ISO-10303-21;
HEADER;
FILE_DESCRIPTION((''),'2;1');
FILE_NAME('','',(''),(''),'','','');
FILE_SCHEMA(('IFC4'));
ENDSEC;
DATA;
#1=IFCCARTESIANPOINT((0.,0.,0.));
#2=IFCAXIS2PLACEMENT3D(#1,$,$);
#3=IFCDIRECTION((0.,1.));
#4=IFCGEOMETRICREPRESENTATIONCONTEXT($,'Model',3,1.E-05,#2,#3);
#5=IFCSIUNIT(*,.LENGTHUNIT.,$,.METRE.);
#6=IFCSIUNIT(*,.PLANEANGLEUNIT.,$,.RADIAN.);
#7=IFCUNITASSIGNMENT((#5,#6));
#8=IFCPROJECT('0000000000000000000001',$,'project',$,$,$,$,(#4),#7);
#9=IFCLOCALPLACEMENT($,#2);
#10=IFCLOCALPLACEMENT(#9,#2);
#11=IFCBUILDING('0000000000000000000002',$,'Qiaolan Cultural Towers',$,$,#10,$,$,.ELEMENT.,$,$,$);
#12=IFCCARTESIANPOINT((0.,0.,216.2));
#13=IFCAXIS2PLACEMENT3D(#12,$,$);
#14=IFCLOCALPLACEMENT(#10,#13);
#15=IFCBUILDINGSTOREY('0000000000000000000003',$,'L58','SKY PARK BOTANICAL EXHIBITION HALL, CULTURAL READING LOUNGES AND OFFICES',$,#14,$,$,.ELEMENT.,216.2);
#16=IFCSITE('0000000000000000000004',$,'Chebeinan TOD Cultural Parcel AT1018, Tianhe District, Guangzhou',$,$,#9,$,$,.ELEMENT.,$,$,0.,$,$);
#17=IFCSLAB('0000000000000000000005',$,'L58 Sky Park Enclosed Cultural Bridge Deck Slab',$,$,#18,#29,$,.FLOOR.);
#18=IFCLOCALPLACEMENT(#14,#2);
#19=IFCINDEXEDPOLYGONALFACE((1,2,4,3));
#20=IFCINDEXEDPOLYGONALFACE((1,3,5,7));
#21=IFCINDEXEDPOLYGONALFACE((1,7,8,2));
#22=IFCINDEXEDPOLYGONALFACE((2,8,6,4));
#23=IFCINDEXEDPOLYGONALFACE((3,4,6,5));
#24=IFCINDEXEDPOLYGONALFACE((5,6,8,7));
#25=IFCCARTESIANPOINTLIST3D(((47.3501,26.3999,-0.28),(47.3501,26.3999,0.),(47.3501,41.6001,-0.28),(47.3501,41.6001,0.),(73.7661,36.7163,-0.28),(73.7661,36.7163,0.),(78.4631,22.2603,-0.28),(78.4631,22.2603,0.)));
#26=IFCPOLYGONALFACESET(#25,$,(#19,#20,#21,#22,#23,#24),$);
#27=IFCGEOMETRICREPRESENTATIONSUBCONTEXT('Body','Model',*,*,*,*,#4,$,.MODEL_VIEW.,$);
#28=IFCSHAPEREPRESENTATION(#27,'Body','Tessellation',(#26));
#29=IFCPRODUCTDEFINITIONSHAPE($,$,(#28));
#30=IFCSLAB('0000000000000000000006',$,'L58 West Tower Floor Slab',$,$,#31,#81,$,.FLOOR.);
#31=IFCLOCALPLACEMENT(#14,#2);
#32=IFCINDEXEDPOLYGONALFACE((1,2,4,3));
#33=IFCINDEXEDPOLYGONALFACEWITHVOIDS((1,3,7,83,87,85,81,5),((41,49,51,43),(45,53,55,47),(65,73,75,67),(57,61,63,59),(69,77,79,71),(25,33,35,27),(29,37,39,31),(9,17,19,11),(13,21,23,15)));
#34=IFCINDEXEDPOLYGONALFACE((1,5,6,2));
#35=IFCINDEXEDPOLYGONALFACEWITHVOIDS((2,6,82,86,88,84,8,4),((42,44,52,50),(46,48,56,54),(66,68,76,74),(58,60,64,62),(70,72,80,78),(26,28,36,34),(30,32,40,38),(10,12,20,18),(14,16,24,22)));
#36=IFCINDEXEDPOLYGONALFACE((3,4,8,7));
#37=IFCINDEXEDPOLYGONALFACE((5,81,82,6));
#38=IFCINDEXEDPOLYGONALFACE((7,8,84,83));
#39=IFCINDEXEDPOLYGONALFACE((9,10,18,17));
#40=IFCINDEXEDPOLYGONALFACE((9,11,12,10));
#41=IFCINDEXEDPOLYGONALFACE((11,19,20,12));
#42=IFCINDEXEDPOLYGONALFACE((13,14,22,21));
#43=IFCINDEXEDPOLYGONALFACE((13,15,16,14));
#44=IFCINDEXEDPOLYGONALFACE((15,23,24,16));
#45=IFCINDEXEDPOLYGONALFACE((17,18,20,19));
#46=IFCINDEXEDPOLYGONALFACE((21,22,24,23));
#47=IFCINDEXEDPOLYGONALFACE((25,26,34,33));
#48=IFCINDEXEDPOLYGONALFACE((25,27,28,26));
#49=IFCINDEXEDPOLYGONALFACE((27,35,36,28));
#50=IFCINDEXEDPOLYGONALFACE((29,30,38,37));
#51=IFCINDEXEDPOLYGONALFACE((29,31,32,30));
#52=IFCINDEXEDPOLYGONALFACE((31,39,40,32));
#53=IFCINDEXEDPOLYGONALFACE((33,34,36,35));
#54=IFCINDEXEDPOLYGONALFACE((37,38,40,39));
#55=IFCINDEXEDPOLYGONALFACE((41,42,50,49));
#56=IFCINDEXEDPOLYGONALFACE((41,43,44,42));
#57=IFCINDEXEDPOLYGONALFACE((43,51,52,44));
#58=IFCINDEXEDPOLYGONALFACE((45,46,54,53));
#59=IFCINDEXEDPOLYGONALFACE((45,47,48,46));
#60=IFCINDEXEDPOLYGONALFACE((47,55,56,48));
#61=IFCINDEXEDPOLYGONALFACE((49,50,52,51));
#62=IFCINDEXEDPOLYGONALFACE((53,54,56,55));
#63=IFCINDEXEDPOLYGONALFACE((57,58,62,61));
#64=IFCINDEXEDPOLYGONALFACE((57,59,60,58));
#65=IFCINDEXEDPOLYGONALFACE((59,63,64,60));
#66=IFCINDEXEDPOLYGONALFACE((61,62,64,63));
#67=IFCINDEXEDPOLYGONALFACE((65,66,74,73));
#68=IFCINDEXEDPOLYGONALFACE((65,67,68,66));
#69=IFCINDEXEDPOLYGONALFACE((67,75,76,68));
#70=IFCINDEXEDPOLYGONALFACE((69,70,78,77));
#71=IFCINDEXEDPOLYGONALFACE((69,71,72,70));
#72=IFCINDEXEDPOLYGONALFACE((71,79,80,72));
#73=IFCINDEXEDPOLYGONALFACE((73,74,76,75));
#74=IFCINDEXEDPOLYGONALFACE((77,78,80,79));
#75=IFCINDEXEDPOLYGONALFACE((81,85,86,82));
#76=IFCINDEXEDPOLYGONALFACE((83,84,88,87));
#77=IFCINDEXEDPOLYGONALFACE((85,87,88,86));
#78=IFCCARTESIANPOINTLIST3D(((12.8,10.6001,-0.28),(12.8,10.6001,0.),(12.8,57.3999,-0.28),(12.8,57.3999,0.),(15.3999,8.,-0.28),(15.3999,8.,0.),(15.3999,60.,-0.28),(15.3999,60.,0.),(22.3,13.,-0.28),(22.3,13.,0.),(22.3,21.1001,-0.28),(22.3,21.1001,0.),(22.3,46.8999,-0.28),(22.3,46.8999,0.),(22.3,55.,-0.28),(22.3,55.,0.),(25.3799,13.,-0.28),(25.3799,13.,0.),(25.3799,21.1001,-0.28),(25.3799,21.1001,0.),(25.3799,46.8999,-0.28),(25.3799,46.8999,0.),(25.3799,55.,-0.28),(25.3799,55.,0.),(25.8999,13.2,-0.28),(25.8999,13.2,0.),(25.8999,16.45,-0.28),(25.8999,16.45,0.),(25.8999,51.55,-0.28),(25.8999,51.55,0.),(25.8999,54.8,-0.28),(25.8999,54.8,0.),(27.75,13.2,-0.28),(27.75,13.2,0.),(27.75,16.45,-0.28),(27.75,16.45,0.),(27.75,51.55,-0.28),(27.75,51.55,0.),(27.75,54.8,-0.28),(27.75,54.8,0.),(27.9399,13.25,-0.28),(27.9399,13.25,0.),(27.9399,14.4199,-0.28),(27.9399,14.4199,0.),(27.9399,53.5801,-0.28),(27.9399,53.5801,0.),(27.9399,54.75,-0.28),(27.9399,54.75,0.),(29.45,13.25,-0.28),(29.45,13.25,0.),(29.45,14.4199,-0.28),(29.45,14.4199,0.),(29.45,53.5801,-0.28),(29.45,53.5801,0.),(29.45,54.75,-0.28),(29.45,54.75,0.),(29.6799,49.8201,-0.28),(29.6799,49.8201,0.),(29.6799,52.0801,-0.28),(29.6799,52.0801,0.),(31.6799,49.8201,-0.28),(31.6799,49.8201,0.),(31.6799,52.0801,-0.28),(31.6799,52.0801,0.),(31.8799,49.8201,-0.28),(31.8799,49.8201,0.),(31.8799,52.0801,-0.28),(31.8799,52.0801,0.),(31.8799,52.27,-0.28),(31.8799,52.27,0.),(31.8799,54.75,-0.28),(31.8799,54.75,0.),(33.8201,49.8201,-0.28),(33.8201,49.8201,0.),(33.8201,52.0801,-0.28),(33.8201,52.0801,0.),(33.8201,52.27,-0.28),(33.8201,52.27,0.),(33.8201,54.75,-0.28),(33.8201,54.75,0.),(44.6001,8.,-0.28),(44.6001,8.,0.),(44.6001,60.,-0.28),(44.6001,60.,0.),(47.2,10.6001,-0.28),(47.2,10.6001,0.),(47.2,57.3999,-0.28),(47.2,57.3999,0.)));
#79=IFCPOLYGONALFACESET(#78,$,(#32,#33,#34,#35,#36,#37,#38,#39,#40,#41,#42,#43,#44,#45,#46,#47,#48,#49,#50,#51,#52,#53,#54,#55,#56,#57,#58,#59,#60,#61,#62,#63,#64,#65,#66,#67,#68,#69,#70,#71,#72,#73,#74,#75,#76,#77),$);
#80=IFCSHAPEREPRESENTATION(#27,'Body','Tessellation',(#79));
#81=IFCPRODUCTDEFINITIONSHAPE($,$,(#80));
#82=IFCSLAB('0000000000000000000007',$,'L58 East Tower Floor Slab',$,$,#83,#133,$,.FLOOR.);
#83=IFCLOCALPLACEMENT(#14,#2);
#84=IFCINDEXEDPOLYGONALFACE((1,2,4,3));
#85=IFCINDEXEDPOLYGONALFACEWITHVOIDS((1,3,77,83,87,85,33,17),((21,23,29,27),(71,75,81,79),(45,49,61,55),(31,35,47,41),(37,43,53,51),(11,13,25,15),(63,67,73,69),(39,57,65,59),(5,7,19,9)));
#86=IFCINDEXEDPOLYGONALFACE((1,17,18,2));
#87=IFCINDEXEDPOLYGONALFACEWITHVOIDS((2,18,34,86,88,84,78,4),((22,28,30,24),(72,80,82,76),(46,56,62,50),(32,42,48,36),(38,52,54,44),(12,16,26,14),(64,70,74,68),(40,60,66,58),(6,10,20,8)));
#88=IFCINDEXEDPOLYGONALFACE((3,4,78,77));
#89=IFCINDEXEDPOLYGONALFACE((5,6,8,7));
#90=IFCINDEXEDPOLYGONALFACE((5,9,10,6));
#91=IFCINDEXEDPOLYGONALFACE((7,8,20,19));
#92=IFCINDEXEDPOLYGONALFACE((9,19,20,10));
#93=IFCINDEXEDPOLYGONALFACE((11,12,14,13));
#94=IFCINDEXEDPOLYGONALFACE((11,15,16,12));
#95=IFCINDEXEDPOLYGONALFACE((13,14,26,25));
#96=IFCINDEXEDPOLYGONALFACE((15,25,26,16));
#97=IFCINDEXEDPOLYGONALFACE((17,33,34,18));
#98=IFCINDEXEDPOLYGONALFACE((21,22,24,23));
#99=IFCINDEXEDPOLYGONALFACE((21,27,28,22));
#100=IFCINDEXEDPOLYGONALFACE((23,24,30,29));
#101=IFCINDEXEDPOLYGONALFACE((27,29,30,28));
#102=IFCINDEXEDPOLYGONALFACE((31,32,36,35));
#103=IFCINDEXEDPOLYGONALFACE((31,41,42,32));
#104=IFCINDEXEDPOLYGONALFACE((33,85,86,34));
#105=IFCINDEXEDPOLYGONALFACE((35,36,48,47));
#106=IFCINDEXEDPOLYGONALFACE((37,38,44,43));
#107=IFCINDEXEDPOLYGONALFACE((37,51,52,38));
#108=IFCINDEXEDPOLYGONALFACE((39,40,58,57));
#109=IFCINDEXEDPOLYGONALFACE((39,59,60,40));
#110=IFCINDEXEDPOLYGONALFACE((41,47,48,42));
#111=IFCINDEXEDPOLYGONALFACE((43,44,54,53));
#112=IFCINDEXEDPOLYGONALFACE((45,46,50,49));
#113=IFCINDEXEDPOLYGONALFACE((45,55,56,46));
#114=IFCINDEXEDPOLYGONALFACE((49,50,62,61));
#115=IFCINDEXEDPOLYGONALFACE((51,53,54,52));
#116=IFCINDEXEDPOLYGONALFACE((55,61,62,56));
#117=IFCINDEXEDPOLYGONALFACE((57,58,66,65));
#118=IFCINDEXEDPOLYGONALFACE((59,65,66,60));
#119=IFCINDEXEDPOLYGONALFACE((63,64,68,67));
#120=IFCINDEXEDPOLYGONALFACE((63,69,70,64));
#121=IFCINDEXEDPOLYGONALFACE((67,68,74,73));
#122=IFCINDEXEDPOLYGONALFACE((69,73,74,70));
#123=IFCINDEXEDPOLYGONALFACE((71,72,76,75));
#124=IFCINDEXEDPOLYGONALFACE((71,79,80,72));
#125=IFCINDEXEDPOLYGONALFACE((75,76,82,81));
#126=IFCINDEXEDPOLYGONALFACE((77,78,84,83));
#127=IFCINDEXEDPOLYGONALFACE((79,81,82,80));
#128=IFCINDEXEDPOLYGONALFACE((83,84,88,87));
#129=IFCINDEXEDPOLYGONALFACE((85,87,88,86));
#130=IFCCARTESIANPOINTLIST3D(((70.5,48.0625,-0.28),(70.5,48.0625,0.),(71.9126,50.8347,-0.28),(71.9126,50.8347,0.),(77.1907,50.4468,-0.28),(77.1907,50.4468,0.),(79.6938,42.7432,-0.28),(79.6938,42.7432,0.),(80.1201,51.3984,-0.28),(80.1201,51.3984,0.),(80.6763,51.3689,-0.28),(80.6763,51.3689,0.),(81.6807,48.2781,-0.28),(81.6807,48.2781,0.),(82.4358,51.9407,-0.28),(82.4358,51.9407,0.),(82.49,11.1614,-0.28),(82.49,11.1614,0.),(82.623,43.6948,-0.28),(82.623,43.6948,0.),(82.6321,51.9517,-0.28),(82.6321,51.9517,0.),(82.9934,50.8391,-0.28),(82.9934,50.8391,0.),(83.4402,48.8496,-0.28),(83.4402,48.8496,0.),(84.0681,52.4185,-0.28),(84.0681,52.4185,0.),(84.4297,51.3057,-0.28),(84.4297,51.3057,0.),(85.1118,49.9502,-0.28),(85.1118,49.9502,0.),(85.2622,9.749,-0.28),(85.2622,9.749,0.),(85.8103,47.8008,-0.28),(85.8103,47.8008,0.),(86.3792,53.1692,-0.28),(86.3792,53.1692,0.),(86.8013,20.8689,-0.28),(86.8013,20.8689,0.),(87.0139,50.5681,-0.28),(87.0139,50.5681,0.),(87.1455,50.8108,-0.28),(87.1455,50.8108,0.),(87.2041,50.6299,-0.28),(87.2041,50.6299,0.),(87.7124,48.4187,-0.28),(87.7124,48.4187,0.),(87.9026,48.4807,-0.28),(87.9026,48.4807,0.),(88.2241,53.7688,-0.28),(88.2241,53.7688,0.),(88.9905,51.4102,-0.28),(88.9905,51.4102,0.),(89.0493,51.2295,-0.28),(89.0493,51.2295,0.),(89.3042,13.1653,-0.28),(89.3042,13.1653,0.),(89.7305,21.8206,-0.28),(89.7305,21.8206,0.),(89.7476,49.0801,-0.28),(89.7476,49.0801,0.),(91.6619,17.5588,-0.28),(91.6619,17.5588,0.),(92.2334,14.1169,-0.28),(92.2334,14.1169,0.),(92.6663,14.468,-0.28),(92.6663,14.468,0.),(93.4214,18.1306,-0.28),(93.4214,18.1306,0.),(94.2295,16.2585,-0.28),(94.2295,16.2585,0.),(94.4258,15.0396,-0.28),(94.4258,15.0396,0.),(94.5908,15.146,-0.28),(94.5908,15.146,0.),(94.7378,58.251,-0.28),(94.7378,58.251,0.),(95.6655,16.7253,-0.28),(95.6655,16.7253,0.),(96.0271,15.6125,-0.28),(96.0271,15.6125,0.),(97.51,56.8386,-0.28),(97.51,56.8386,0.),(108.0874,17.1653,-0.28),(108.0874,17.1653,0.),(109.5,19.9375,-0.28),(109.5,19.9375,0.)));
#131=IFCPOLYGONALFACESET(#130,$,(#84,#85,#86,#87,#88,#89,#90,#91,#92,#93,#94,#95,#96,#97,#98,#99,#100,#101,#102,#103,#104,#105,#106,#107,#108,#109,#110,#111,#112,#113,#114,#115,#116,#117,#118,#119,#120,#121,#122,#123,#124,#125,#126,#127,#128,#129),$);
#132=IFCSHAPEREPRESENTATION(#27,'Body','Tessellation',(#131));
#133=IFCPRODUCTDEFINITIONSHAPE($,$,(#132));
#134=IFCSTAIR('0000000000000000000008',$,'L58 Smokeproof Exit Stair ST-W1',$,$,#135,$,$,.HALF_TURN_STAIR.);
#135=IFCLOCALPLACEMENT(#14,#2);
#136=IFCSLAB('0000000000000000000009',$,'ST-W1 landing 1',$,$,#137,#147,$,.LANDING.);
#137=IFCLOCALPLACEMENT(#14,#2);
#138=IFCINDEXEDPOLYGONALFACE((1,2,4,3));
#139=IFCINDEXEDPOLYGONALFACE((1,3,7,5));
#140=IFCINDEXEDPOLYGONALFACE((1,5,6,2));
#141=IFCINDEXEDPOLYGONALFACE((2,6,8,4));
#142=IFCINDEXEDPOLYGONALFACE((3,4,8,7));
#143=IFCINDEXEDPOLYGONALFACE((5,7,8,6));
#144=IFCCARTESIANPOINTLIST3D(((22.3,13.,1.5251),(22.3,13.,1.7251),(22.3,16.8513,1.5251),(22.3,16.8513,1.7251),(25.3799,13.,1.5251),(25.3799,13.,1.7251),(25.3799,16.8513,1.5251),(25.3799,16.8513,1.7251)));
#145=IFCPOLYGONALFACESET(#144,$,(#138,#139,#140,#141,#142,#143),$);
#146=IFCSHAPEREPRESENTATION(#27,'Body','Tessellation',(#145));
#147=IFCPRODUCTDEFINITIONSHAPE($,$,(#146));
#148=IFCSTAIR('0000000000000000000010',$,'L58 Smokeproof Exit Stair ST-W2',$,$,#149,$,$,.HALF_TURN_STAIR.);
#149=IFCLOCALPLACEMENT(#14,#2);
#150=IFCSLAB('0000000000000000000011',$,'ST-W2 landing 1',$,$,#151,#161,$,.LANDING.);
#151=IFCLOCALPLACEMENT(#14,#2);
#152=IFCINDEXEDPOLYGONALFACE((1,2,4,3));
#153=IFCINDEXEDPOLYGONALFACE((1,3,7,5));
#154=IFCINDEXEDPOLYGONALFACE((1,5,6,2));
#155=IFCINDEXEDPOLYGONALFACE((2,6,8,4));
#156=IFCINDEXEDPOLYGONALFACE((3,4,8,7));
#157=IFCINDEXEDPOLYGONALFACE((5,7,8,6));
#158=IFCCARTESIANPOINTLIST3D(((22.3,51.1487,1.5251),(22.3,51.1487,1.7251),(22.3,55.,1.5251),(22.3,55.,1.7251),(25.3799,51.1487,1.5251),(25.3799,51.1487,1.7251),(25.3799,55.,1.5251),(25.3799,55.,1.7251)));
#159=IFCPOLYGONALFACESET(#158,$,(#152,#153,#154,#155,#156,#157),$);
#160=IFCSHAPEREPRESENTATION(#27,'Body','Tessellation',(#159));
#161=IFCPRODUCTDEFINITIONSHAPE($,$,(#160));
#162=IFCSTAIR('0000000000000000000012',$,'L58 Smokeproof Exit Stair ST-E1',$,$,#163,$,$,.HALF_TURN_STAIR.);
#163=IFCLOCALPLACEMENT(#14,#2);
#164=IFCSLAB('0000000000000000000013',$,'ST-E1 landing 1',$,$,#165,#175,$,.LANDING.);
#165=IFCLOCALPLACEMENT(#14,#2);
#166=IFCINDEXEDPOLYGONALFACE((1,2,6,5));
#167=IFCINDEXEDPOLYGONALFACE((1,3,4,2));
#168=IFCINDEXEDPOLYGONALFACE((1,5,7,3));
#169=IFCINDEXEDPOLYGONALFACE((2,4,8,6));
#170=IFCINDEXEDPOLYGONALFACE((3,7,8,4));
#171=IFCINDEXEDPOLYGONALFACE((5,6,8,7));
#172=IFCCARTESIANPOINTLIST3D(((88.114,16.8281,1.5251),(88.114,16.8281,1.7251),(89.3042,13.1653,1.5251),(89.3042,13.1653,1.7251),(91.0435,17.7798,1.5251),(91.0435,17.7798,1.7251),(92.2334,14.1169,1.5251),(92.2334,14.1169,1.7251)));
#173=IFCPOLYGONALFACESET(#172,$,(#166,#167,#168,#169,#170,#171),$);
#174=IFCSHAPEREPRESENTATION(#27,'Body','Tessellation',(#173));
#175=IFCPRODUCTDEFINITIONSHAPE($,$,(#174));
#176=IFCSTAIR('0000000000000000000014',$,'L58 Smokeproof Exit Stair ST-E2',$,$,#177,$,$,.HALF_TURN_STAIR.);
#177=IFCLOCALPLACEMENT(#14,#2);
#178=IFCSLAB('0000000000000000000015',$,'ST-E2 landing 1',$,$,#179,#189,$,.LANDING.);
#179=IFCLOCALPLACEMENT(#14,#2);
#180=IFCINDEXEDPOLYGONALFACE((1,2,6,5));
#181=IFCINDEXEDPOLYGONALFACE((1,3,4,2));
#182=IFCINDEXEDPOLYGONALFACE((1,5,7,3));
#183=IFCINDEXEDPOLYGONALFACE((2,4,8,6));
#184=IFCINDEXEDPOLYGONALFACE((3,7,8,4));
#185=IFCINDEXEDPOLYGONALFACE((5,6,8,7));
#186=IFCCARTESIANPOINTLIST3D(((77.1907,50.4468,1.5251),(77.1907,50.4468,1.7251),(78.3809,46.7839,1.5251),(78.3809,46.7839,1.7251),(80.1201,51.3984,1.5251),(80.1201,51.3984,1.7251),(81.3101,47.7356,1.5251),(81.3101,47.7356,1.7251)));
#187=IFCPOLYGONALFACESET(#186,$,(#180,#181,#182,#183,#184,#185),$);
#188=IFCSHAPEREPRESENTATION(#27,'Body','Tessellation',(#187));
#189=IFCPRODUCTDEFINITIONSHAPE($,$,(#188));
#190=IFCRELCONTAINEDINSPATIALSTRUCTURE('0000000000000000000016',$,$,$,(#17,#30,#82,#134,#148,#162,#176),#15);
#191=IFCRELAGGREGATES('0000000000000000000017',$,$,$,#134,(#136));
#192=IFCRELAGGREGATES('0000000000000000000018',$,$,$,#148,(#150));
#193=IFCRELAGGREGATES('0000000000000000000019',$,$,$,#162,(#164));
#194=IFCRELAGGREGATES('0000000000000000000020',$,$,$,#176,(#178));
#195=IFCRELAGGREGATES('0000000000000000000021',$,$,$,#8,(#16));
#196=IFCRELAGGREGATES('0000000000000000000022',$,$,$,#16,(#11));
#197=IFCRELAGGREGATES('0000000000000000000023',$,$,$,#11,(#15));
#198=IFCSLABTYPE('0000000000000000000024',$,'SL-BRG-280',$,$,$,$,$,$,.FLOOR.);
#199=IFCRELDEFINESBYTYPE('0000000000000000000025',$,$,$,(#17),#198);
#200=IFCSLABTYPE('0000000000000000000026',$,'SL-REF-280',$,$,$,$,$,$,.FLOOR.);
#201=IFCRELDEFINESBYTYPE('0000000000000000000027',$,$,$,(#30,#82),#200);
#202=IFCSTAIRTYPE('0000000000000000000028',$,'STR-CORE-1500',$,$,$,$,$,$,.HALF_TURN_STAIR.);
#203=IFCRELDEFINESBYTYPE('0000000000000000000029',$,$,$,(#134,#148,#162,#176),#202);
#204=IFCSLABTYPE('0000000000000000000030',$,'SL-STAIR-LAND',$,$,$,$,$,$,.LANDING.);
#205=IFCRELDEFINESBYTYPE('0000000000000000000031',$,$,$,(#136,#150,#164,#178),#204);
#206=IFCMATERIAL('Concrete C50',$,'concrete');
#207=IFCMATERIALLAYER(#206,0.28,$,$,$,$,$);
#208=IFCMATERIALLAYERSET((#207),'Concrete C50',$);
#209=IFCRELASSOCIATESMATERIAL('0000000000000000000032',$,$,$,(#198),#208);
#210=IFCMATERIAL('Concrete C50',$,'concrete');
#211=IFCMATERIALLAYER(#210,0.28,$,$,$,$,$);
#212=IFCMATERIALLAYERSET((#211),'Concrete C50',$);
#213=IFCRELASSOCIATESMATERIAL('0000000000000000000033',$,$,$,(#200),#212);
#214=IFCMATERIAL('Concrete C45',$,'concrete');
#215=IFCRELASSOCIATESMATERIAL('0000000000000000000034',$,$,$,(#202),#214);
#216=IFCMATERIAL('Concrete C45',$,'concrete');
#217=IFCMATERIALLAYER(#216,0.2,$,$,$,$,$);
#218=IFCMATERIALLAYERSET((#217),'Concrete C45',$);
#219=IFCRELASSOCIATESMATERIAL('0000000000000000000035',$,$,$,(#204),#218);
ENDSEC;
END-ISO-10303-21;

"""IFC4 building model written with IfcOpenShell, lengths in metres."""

from ifc_helpers import new_model, si_unit, direction, frame, origin, place, context, subcontext, project, spatial, polyline, outline, extrude, material, layer, layer_set, type_object, element, aggregate, save


model = new_model("IFC4")

# Units and contexts
model_context = context("Model", 3, precision=1e-05, world=origin(), true_north=direction((0.0, 1.0)))
body_context = subcontext(model_context, "Body", "Model", "MODEL_VIEW")
ifc_project = project(units=[si_unit("LENGTHUNIT", "METRE"), si_unit("PLANEANGLEUNIT", "RADIAN")], contexts=[model_context])

# Site, building, storey
site_placement = place(None, origin())
site = spatial("IfcSite", under=ifc_project, at=site_placement, Name="Chebeinan TOD Cultural Parcel AT1018, Tianhe District, Guangzhou", CompositionType="ELEMENT", RefElevation=0.0)
building_placement = place(site_placement, origin())
building = spatial("IfcBuilding", under=site, at=building_placement, Name="Qiaolan Cultural Towers", CompositionType="ELEMENT")
storey_placement = place(building_placement, frame((0.0, 0.0, 216.2)))
storey = spatial("IfcBuildingStorey", under=building, at=storey_placement, Name="L58", Description="SKY PARK BOTANICAL EXHIBITION HALL, CULTURAL READING LOUNGES AND OFFICES", CompositionType="ELEMENT", Elevation=216.2)

# Slabs
ifc_material_1 = material(Name="Concrete C50", Category="concrete")
ifc_layer_1 = layer(ifc_material_1, 0.28)
ifc_layer_set_1 = layer_set([ifc_layer_1], Name="Concrete C50")
slab_type_1 = type_object("IfcSlabType", Name="SL-BRG-280", PredefinedType="FLOOR", material=ifc_layer_set_1)
slab_1_placement = place(storey_placement, frame((0.0, 0.0, -0.28)))
element("IfcSlab", 1, at=slab_1_placement, inside=storey, type_object=slab_type_1, Name="L58 Sky Park Enclosed Cultural Bridge Deck Slab", PredefinedType="FLOOR", context=body_context, shape_type="SweptSolid", body=[
    extrude(outline(polyline([(47.3501, 26.3999), (78.4631, 22.2603), (73.7661, 36.7163), (47.3501, 41.6001), (47.3501, 26.3999)])), origin(), (0.0, 0.0, 1.0), 0.28),
])
ifc_material_2 = material(Name="Concrete C50", Category="concrete")
ifc_layer_2 = layer(ifc_material_2, 0.28)
ifc_layer_set_2 = layer_set([ifc_layer_2], Name="Concrete C50")
slab_type_2 = type_object("IfcSlabType", Name="SL-REF-280", PredefinedType="FLOOR", material=ifc_layer_set_2)
slab_2_placement = place(storey_placement, frame((0.0, 0.0, -0.28)))
element("IfcSlab", 2, at=slab_2_placement, inside=storey, type_object=slab_type_2, Name="L58 West Tower Floor Slab", PredefinedType="FLOOR", context=body_context, shape_type="SweptSolid", body=[
    extrude(outline(polyline([(15.3999, 8.0), (44.6001, 8.0), (47.2, 10.6001), (47.2, 57.3999), (44.6001, 60.0), (15.3999, 60.0), (12.8, 57.3999), (12.8, 10.6001), (15.3999, 8.0)]), holes=[polyline([(22.3, 21.1001), (22.3, 13.0), (25.3799, 13.0), (25.3799, 21.1001), (22.3, 21.1001)]), polyline([(25.3799, 46.8999), (25.3799, 55.0), (22.3, 55.0), (22.3, 46.8999), (25.3799, 46.8999)]), polyline([(25.8999, 13.2), (27.75, 13.2), (27.75, 16.45), (25.8999, 16.45), (25.8999, 13.2)]), polyline([(27.9399, 13.25), (29.45, 13.25), (29.45, 14.4199), (27.9399, 14.4199), (27.9399, 13.25)]), polyline([(25.8999, 51.55), (27.75, 51.55), (27.75, 54.8), (25.8999, 54.8), (25.8999, 51.55)]), polyline([(27.9399, 53.5801), (29.45, 53.5801), (29.45, 54.75), (27.9399, 54.75), (27.9399, 53.5801)]), polyline([(29.6799, 49.8201), (31.6799, 49.8201), (31.6799, 52.0801), (29.6799, 52.0801), (29.6799, 49.8201)]), polyline([(31.8799, 49.8201), (33.8201, 49.8201), (33.8201, 52.0801), (31.8799, 52.0801), (31.8799, 49.8201)]), polyline([(31.8799, 52.27), (33.8201, 52.27), (33.8201, 54.75), (31.8799, 54.75), (31.8799, 52.27)])]), origin(), (0.0, 0.0, 1.0), 0.28),
])
slab_3_placement = place(storey_placement, frame((0.0, 0.0, -0.28)))
element("IfcSlab", 3, at=slab_3_placement, inside=storey, type_object=slab_type_2, Name="L58 East Tower Floor Slab", PredefinedType="FLOOR", context=body_context, shape_type="SweptSolid", body=[
    extrude(outline(polyline([(85.2622, 9.749), (108.0874, 17.1653), (109.5, 19.9375), (97.51, 56.8386), (94.7378, 58.251), (71.9126, 50.8347), (70.5, 48.0625), (82.49, 11.1614), (85.2622, 9.749)]), holes=[polyline([(86.8013, 20.8689), (89.3042, 13.1653), (92.2334, 14.1169), (89.7305, 21.8206), (86.8013, 20.8689)]), polyline([(82.623, 43.6948), (80.1201, 51.3984), (77.1907, 50.4468), (79.6938, 42.7432), (82.623, 43.6948)]), polyline([(92.6663, 14.468), (94.4258, 15.0396), (93.4214, 18.1306), (91.6619, 17.5588), (92.6663, 14.468)]), polyline([(94.5908, 15.146), (96.0271, 15.6125), (95.6655, 16.7253), (94.2295, 16.2585), (94.5908, 15.146)]), polyline([(81.6807, 48.2781), (83.4402, 48.8496), (82.4358, 51.9407), (80.6763, 51.3689), (81.6807, 48.2781)]), polyline([(82.9934, 50.8391), (84.4297, 51.3057), (84.0681, 52.4185), (82.6321, 51.9517), (82.9934, 50.8391)]), polyline([(85.8103, 47.8008), (87.7124, 48.4187), (87.0139, 50.5681), (85.1118, 49.9502), (85.8103, 47.8008)]), polyline([(87.9026, 48.4807), (89.7476, 49.0801), (89.0493, 51.2295), (87.2041, 50.6299), (87.9026, 48.4807)]), polyline([(87.1455, 50.8108), (88.9905, 51.4102), (88.2241, 53.7688), (86.3792, 53.1692), (87.1455, 50.8108)])]), origin(), (0.0, 0.0, 1.0), 0.28),
])

# Stairs, slabs
ifc_material_3 = material(Name="Concrete C45", Category="concrete")
stair_type = type_object("IfcStairType", Name="STR-CORE-1500", PredefinedType="HALF_TURN_STAIR", material=ifc_material_3)
stair_1_placement = place(storey_placement, origin())
stair_1 = element("IfcStair", 4, at=stair_1_placement, inside=storey, type_object=stair_type, Name="L58 Smokeproof Exit Stair ST-W1", PredefinedType="HALF_TURN_STAIR")
ifc_material_4 = material(Name="Concrete C45", Category="concrete")
ifc_layer_3 = layer(ifc_material_4, 0.2)
ifc_layer_set_3 = layer_set([ifc_layer_3], Name="Concrete C45")
slab_type_3 = type_object("IfcSlabType", Name="SL-STAIR-LAND", PredefinedType="LANDING", material=ifc_layer_set_3)
slab_4_placement = place(storey_placement, frame((0.0, 0.0, 1.5251)))
slab_4 = element("IfcSlab", 5, at=slab_4_placement, type_object=slab_type_3, Name="ST-W1 landing 1", PredefinedType="LANDING", context=body_context, shape_type="SweptSolid", body=[
    extrude(outline(polyline([(22.3, 16.8513), (22.3, 13.0), (25.3799, 13.0), (25.3799, 16.8513), (22.3, 16.8513)])), origin(), (0.0, 0.0, 1.0), 0.2),
])
aggregate(stair_1, [slab_4])
stair_2_placement = place(storey_placement, origin())
stair_2 = element("IfcStair", 6, at=stair_2_placement, inside=storey, type_object=stair_type, Name="L58 Smokeproof Exit Stair ST-W2", PredefinedType="HALF_TURN_STAIR")
slab_5_placement = place(storey_placement, frame((0.0, 0.0, 1.5251)))
slab_5 = element("IfcSlab", 7, at=slab_5_placement, type_object=slab_type_3, Name="ST-W2 landing 1", PredefinedType="LANDING", context=body_context, shape_type="SweptSolid", body=[
    extrude(outline(polyline([(25.3799, 51.1487), (25.3799, 55.0), (22.3, 55.0), (22.3, 51.1487), (25.3799, 51.1487)])), origin(), (0.0, 0.0, 1.0), 0.2),
])
aggregate(stair_2, [slab_5])
stair_3_placement = place(storey_placement, origin())
stair_3 = element("IfcStair", 8, at=stair_3_placement, inside=storey, type_object=stair_type, Name="L58 Smokeproof Exit Stair ST-E1", PredefinedType="HALF_TURN_STAIR")
slab_6_placement = place(storey_placement, frame((0.0, 0.0, 1.5251)))
slab_6 = element("IfcSlab", 9, at=slab_6_placement, type_object=slab_type_3, Name="ST-E1 landing 1", PredefinedType="LANDING", context=body_context, shape_type="SweptSolid", body=[
    extrude(outline(polyline([(88.114, 16.8281), (89.3042, 13.1653), (92.2334, 14.1169), (91.0435, 17.7798), (88.114, 16.8281)])), origin(), (0.0, 0.0, 1.0), 0.2),
])
aggregate(stair_3, [slab_6])
stair_4_placement = place(storey_placement, origin())
stair_4 = element("IfcStair", 10, at=stair_4_placement, inside=storey, type_object=stair_type, Name="L58 Smokeproof Exit Stair ST-E2", PredefinedType="HALF_TURN_STAIR")
slab_7_placement = place(storey_placement, frame((0.0, 0.0, 1.5251)))
slab_7 = element("IfcSlab", 11, at=slab_7_placement, type_object=slab_type_3, Name="ST-E2 landing 1", PredefinedType="LANDING", context=body_context, shape_type="SweptSolid", body=[
    extrude(outline(polyline([(81.3101, 47.7356), (80.1201, 51.3984), (77.1907, 50.4468), (78.3809, 46.7839), (81.3101, 47.7356)])), origin(), (0.0, 0.0, 1.0), 0.2),
])
aggregate(stair_4, [slab_7])

save(model, "model.ifc")
